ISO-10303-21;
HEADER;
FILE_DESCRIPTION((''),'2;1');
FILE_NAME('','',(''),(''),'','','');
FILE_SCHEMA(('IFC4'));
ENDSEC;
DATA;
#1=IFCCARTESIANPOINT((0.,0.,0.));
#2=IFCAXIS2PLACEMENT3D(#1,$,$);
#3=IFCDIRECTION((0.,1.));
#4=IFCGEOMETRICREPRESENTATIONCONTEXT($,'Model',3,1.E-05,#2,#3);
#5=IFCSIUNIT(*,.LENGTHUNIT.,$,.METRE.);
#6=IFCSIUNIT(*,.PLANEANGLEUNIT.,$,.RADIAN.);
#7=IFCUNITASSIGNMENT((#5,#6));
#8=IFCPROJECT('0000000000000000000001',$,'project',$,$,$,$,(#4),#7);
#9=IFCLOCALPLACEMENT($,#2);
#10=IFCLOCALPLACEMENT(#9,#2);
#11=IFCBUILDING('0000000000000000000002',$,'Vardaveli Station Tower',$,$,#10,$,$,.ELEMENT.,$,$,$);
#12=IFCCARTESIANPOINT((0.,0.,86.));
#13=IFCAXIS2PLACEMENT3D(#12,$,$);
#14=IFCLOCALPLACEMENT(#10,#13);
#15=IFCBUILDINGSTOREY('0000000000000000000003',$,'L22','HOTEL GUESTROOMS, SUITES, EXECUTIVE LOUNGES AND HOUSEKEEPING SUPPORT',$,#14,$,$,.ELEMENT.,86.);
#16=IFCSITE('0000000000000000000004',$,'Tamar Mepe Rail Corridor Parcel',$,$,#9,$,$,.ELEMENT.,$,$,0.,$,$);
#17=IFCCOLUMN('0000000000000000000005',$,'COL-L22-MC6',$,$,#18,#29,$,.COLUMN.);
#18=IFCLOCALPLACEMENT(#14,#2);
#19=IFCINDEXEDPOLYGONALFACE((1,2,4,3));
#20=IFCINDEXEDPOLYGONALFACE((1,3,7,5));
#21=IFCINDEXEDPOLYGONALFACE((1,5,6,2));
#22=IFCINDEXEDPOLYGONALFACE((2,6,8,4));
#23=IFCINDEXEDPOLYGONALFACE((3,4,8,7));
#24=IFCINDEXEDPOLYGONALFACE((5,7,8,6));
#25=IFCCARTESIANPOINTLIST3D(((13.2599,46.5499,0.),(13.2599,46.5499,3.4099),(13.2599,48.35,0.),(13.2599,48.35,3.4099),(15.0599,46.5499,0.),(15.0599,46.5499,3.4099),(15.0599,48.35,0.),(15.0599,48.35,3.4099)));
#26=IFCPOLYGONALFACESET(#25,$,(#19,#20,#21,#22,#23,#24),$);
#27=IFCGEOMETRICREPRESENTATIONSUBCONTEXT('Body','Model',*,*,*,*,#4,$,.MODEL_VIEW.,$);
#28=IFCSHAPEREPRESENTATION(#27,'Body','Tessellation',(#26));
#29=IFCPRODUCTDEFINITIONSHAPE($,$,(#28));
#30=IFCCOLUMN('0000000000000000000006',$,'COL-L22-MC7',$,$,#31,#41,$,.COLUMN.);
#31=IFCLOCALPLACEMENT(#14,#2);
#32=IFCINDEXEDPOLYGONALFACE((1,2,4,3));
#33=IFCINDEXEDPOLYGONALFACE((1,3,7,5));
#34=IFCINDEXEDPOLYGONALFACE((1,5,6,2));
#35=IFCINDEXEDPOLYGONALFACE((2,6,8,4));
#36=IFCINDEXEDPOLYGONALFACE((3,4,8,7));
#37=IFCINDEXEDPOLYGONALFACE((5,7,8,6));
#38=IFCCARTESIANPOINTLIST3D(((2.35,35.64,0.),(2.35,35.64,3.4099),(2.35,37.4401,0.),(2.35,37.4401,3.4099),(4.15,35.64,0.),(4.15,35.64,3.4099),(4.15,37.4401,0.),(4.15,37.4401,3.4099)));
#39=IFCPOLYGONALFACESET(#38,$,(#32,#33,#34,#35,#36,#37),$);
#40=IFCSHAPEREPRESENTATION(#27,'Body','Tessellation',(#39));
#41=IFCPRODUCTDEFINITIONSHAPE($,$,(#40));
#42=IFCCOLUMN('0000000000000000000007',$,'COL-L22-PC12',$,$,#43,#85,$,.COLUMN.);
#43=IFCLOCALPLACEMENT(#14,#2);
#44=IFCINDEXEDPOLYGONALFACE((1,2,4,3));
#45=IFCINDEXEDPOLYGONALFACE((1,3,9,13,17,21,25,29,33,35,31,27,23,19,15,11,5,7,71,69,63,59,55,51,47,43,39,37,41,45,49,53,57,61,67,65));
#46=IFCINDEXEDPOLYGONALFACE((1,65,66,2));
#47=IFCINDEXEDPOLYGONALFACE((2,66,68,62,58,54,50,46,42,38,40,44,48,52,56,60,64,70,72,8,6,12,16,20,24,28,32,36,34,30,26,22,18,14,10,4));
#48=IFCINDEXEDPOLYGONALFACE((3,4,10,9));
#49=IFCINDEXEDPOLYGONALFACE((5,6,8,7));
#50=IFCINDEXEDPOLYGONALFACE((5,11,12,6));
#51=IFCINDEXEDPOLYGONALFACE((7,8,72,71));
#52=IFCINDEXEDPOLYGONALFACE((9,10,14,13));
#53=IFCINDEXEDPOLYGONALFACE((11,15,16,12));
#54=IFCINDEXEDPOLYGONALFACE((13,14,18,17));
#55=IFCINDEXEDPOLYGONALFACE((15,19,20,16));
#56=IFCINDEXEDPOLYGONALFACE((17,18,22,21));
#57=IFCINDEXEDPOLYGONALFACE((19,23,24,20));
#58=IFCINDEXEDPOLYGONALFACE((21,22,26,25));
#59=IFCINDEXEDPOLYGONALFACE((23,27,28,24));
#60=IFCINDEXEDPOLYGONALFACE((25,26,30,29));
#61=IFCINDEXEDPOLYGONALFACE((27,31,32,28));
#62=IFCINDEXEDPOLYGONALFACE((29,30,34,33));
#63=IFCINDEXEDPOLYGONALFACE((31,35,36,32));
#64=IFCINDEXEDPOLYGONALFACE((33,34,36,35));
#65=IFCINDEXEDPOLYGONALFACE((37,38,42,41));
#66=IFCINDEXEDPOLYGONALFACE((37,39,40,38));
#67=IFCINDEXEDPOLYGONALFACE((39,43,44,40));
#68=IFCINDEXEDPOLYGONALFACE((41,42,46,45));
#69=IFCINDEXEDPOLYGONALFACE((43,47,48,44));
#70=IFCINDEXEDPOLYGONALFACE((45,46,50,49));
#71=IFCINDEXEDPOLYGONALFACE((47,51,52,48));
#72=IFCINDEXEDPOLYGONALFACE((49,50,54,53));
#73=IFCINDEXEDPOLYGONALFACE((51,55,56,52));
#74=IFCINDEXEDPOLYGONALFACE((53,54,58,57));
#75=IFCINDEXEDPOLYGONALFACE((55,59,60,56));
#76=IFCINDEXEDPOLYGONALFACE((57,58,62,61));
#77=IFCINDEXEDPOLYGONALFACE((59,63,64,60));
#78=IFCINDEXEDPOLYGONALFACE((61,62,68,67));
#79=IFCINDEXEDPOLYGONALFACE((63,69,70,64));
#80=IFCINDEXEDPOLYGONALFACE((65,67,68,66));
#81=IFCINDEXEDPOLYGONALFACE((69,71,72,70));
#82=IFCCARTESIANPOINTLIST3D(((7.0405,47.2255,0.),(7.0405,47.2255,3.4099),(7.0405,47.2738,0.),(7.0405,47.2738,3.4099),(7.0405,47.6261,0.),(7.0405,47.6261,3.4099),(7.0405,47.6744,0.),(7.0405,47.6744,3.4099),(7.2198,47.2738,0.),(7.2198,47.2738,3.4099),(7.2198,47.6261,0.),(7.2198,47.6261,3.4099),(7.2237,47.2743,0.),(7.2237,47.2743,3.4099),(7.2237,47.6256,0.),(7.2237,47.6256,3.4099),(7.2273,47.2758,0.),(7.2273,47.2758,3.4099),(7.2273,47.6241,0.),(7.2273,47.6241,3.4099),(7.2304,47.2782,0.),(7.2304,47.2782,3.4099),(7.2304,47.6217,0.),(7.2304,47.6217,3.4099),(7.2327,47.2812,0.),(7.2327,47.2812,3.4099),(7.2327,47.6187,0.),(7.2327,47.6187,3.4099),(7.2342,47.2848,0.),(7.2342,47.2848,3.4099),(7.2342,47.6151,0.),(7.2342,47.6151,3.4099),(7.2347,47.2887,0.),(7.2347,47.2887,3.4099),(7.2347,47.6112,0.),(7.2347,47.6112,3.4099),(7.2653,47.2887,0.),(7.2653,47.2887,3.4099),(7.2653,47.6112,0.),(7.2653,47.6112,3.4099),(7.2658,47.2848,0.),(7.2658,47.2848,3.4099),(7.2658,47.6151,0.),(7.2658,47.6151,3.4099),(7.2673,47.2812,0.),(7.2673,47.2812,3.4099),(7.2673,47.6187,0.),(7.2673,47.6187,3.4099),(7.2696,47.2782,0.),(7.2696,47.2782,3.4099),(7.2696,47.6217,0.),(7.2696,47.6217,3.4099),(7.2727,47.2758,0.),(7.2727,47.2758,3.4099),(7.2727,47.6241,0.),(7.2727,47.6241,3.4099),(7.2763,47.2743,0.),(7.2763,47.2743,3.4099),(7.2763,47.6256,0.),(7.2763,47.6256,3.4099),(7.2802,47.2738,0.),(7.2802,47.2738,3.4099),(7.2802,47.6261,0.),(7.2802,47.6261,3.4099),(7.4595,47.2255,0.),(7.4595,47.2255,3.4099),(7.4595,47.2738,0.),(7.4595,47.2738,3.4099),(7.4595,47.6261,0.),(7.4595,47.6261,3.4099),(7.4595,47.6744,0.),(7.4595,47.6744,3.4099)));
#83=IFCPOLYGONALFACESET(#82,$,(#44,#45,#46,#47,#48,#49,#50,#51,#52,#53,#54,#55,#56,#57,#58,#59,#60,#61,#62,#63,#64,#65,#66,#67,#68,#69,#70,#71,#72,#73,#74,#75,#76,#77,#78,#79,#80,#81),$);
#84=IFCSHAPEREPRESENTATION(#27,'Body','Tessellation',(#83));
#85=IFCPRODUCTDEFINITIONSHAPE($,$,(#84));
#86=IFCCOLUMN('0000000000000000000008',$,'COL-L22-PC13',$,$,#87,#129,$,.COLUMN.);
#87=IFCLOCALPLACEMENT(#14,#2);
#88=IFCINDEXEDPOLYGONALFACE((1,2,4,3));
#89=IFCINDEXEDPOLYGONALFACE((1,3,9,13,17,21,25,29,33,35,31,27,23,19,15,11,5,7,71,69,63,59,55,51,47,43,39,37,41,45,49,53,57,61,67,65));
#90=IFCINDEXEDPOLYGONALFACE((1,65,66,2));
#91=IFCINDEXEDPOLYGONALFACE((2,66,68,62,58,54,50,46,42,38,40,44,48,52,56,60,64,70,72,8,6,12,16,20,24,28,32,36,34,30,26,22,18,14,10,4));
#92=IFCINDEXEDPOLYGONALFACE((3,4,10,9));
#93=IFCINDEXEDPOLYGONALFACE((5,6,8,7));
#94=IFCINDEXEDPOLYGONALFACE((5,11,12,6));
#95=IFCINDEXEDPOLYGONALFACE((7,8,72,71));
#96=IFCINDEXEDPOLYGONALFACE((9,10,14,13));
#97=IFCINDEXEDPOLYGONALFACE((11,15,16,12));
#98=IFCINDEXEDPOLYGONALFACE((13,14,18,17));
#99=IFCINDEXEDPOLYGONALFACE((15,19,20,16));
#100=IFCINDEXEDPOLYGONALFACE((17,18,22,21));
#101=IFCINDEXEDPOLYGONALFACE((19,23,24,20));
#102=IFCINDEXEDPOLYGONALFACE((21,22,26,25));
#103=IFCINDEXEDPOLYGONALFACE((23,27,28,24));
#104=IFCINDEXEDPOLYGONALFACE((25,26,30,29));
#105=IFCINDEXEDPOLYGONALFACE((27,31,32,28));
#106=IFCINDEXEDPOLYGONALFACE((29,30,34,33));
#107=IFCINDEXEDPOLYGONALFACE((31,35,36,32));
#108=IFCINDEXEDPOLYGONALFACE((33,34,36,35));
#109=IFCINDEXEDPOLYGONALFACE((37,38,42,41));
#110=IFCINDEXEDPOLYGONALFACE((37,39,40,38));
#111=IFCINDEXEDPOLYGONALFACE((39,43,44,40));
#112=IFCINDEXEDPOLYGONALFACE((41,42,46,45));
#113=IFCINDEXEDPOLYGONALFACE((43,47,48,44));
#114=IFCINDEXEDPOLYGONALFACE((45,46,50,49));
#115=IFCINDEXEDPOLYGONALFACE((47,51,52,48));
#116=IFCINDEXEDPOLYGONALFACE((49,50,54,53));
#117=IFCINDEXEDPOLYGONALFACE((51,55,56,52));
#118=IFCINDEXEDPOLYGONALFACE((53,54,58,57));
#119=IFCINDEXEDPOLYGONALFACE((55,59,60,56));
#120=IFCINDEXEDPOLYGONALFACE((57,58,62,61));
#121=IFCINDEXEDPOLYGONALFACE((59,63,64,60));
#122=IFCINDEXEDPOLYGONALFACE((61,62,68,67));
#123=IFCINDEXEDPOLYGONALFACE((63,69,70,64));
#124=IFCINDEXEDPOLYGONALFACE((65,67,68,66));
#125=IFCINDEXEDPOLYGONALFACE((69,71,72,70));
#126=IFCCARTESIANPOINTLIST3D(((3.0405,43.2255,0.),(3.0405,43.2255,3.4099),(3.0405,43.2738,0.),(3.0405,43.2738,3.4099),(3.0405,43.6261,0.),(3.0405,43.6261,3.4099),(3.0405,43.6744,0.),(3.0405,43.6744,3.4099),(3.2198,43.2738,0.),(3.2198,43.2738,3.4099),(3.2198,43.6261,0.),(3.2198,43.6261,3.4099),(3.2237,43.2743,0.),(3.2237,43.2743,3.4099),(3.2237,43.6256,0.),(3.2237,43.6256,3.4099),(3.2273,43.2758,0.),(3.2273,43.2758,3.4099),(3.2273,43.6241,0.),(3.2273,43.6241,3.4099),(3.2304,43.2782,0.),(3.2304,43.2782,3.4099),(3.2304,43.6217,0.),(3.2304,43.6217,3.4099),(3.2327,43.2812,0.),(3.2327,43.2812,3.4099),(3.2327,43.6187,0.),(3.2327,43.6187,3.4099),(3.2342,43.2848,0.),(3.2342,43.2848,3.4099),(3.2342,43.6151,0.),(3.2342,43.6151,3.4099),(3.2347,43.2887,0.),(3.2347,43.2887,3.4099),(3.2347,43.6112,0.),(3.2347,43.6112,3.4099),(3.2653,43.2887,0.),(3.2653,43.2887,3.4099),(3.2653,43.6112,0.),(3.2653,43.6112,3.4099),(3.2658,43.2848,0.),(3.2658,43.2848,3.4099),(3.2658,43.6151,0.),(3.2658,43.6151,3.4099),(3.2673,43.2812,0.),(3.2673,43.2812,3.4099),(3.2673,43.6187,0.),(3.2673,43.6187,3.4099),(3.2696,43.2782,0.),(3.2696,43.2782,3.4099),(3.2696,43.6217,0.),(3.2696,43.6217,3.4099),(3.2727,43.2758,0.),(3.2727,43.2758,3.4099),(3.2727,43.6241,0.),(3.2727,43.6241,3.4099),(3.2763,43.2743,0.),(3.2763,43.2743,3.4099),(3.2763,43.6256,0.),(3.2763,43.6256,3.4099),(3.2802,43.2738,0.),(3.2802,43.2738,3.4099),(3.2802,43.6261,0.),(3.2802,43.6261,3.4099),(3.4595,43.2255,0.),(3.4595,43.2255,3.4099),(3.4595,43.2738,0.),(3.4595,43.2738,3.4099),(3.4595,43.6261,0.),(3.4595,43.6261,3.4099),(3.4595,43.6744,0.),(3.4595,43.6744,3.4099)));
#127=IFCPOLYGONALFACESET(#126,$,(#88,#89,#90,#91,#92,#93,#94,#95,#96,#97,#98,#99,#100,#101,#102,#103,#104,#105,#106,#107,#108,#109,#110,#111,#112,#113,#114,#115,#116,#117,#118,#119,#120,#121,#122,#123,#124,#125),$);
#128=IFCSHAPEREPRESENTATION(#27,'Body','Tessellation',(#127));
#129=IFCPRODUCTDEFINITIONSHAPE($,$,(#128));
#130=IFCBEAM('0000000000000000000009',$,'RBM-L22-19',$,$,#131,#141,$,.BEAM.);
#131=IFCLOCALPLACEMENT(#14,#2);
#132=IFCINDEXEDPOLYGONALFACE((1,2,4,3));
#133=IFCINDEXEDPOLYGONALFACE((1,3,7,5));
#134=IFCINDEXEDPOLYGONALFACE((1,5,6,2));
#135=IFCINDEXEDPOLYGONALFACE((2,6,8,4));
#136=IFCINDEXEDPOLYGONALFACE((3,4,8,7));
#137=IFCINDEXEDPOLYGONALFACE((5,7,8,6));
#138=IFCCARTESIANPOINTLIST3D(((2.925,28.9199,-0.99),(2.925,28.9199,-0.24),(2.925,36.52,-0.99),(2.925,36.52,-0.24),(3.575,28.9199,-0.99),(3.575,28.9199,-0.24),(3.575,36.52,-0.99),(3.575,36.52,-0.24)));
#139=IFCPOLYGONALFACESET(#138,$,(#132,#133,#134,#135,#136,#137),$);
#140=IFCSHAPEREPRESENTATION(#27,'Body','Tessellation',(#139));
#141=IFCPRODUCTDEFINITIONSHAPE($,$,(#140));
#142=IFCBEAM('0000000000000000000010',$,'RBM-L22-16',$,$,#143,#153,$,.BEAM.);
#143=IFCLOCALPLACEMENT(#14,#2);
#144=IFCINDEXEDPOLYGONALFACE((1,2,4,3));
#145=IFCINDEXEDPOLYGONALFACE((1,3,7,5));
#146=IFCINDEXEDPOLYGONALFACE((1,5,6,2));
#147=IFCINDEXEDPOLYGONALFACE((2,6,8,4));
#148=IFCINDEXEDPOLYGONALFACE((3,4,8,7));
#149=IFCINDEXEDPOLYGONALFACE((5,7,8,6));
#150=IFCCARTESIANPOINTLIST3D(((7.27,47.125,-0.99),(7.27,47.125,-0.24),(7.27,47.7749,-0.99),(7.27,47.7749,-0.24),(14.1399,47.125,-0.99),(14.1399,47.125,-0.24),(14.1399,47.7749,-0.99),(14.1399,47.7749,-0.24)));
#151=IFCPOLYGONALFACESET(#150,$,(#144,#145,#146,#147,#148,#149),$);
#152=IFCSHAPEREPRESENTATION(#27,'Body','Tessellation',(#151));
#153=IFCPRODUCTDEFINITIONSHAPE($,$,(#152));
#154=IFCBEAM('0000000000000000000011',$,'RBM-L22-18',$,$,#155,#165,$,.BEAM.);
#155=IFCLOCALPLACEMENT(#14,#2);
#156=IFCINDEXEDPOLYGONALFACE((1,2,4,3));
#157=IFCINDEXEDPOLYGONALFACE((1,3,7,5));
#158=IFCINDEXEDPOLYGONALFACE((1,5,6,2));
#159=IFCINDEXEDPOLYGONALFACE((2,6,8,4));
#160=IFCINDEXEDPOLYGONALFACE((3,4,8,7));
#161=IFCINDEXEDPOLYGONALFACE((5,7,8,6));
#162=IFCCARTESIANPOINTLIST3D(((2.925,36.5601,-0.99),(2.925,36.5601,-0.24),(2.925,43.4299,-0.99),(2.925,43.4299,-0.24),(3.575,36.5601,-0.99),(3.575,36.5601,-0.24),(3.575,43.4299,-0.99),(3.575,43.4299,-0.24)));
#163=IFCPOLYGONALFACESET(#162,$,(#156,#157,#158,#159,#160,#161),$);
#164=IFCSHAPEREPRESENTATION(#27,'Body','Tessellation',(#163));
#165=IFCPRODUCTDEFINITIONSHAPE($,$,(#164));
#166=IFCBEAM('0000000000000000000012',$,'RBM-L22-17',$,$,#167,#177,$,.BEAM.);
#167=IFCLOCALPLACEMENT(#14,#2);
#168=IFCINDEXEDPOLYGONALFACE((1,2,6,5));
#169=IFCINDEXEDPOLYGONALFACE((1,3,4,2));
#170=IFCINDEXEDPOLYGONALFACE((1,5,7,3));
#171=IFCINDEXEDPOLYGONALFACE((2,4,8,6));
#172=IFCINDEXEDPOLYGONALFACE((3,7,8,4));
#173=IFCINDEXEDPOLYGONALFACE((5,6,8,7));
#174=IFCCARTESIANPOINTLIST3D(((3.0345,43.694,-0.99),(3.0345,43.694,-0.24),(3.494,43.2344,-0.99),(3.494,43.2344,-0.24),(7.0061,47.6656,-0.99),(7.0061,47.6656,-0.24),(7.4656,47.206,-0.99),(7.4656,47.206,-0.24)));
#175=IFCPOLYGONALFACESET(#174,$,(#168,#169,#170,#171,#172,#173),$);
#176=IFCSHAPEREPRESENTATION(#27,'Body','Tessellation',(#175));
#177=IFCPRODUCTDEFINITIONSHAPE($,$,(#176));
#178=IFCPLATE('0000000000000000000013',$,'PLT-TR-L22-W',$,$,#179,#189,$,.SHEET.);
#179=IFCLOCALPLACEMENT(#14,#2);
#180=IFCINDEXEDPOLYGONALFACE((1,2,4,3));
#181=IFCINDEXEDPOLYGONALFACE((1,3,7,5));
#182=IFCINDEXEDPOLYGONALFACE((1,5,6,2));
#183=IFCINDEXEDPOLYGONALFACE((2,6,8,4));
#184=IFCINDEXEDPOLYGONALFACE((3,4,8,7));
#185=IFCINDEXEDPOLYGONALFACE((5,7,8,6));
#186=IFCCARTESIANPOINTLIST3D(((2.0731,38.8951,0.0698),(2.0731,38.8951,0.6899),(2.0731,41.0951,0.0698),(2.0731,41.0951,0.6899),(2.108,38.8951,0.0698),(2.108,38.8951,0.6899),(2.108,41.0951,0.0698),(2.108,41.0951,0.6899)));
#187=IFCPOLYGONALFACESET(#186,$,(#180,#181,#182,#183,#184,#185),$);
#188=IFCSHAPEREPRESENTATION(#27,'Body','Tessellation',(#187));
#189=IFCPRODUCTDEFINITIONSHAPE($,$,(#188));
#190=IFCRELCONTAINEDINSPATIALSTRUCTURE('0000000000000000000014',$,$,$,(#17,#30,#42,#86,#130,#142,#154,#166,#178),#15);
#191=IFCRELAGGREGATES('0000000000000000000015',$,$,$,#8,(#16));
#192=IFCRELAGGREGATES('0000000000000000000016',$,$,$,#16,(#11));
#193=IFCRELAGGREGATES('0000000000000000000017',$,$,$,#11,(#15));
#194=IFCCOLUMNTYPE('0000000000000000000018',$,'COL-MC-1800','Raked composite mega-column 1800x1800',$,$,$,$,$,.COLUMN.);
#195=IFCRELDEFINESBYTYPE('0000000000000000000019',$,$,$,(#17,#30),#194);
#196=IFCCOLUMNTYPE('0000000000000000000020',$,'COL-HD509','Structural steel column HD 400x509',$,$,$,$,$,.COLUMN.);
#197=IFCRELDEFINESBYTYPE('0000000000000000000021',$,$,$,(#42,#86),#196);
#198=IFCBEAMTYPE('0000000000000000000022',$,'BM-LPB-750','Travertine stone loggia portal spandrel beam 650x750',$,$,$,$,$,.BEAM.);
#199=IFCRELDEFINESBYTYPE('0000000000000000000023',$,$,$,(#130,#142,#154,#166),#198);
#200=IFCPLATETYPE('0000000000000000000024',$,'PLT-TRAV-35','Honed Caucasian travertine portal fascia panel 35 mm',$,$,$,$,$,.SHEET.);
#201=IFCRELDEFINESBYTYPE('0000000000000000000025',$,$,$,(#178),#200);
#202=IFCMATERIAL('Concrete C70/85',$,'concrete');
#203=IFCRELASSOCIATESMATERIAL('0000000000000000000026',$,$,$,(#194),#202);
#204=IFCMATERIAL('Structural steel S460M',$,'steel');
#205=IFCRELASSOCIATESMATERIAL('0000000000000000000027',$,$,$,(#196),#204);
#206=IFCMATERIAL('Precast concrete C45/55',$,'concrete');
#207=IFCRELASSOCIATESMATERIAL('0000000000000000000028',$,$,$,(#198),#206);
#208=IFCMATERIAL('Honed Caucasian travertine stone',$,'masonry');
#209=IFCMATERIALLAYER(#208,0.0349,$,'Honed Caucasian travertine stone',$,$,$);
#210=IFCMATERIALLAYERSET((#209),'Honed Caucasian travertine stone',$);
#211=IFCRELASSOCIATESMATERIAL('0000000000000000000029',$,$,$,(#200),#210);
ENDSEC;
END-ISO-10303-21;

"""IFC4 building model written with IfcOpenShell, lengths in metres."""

from ifc_helpers import new_model, si_unit, direction, frame, origin, origin_2d, place, context, subcontext, project, spatial, rectangle, i_section, extrude, source, transform, mapped, material, layer, layer_set, material_profile, profile_set, type_object, element, save


model = new_model("IFC4")

# Units and contexts
model_context = context("Model", 3, precision=1e-05, world=origin(), true_north=direction((0.0, 1.0)))
body_context = subcontext(model_context, "Body", "Model", "MODEL_VIEW")
ifc_project = project(units=[si_unit("LENGTHUNIT", "METRE"), si_unit("PLANEANGLEUNIT", "RADIAN")], contexts=[model_context])

# Site, building, storey
site_placement = place(None, origin())
site = spatial("IfcSite", under=ifc_project, at=site_placement, Name="Tamar Mepe Rail Corridor Parcel", CompositionType="ELEMENT", RefElevation=0.0)
building_placement = place(site_placement, origin())
building = spatial("IfcBuilding", under=site, at=building_placement, Name="Vardaveli Station Tower", CompositionType="ELEMENT")
storey_placement = place(building_placement, frame((0.0, 0.0, 86.0)))
storey = spatial("IfcBuildingStorey", under=building, at=storey_placement, Name="L22", Description="HOTEL GUESTROOMS, SUITES, EXECUTIVE LOUNGES AND HOUSEKEEPING SUPPORT", CompositionType="ELEMENT", Elevation=86.0)

# Columns
ifc_material_1 = material(Name="Concrete C70/85", Category="concrete")
ifc_material_profile_1 = material_profile(ifc_material_1, rectangle(XDim=1.8, YDim=1.8, at=origin_2d()), Name="MC 1800x1800")
ifc_profile_set_1 = profile_set([ifc_material_profile_1], Name="Concrete C70/85")
column_type_1 = type_object("IfcColumnType", Name="COL-MC-1800", Description="Raked composite mega-column 1800x1800", PredefinedType="COLUMN", material=ifc_profile_set_1)
shared_shape_1 = source(origin(), body_context, "Body", "SweptSolid", [
    extrude(rectangle(XDim=1.8, YDim=1.8, at=origin_2d()), origin(), (0.0, 0.0, 1.0), 3.4099),
])
for number, where, z_axis, x_axis, name in (
    (1, (14.1599, 47.45, 0.0), (0.0, 0.0, 1.0), (1.0, 0.0, 0.0), "COL-L22-MC6"),
    (2, (3.25, 36.54, 0.0), (0.0, 0.0, 1.0), (1.0, 0.0, 0.0), "COL-L22-MC7"),
):
    element("IfcColumn", number, at=place(storey_placement, frame(where, z_axis=z_axis, x_axis=x_axis)), inside=storey, type_object=column_type_1, Name=name, PredefinedType="COLUMN", context=body_context, shape_type="MappedRepresentation", body=[
        mapped(shared_shape_1, transform((0.0, 0.0, 0.0), scale=1.0)),
    ])
ifc_material_2 = material(Name="Structural steel S460M", Category="steel")
ifc_material_profile_2 = material_profile(ifc_material_2, i_section(OverallWidth=0.4189, OverallDepth=0.449, WebThickness=0.0305, FlangeThickness=0.0483, FilletRadius=0.0149, at=origin_2d()), Name="HD 400x509")
ifc_profile_set_2 = profile_set([ifc_material_profile_2], Name="Structural steel S460M")
column_type_2 = type_object("IfcColumnType", Name="COL-HD509", Description="Structural steel column HD 400x509", PredefinedType="COLUMN", material=ifc_profile_set_2)
shared_shape_2 = source(origin(), body_context, "Body", "SweptSolid", [
    extrude(i_section(OverallWidth=0.4189, OverallDepth=0.449, WebThickness=0.0305, FlangeThickness=0.0483, FilletRadius=0.0149, at=origin_2d()), origin(), (0.0, 0.0, 1.0), 3.4099),
])
for number, where, z_axis, x_axis, name in (
    (3, (7.25, 47.45, 0.0), (0.0, 0.0, 1.0), (1.0, 0.0, 0.0), "COL-L22-PC12"),
    (4, (3.25, 43.45, 0.0), (0.0, 0.0, 1.0), (1.0, 0.0, 0.0), "COL-L22-PC13"),
):
    element("IfcColumn", number, at=place(storey_placement, frame(where, z_axis=z_axis, x_axis=x_axis)), inside=storey, type_object=column_type_2, Name=name, PredefinedType="COLUMN", context=body_context, shape_type="MappedRepresentation", body=[
        mapped(shared_shape_2, transform((0.0, 0.0, 0.0), scale=1.0)),
    ])

# Beams
ifc_material_3 = material(Name="Precast concrete C45/55", Category="concrete")
ifc_material_profile_3 = material_profile(ifc_material_3, rectangle(XDim=0.6499, YDim=0.75, at=origin_2d()), Name="LPB 650x750")
ifc_profile_set_3 = profile_set([ifc_material_profile_3], Name="Precast concrete C45/55")
beam_type = type_object("IfcBeamType", Name="BM-LPB-750", Description="Travertine stone loggia portal spandrel beam 650x750", PredefinedType="BEAM", material=ifc_profile_set_3)
shared_shape_3 = source(origin(), body_context, "Body", "SweptSolid", [
    extrude(rectangle(XDim=0.6499, YDim=0.75, at=origin_2d()), origin(), (0.0, 0.0, 1.0), 7.6001),
])
beam_1_placement = place(storey_placement, frame((3.25, 36.52, -0.615), z_axis=(0.0, -1.0, 0.0), x_axis=(1.0, 0.0, 0.0)))
element("IfcBeam", 5, at=beam_1_placement, inside=storey, type_object=beam_type, Name="RBM-L22-19", PredefinedType="BEAM", context=body_context, shape_type="MappedRepresentation", body=[
    mapped(shared_shape_3, transform((0.0, 0.0, 0.0), scale=1.0)),
])
shared_shape_4 = source(origin(), body_context, "Body", "SweptSolid", [
    extrude(rectangle(XDim=0.6499, YDim=0.75, at=origin_2d()), origin(), (0.0, 0.0, 1.0), 6.8699),
])
for number, where, z_axis, x_axis, name in (
    (6, (14.1399, 47.45, -0.615), (-1.0, 0.0, 0.0), (0.0, -1.0, 0.0), "RBM-L22-16"),
    (7, (3.25, 43.4299, -0.615), (0.0, -1.0, 0.0), (1.0, 0.0, 0.0), "RBM-L22-18"),
):
    element("IfcBeam", number, at=place(storey_placement, frame(where, z_axis=z_axis, x_axis=x_axis)), inside=storey, type_object=beam_type, Name=name, PredefinedType="BEAM", context=body_context, shape_type="MappedRepresentation", body=[
        mapped(shared_shape_4, transform((0.0, 0.0, 0.0), scale=1.0)),
    ])
shared_shape_5 = source(origin(), body_context, "Body", "SweptSolid", [
    extrude(rectangle(XDim=0.6499, YDim=0.75, at=origin_2d()), origin(), (0.0, 0.0, 1.0), 5.6167),
])
beam_2_placement = place(storey_placement, frame((7.2358, 47.4358, -0.615), z_axis=(-0.707107, -0.707107, 0.0), x_axis=(0.707107, -0.707107, 0.0)))
element("IfcBeam", 8, at=beam_2_placement, inside=storey, type_object=beam_type, Name="RBM-L22-17", PredefinedType="BEAM", context=body_context, shape_type="MappedRepresentation", body=[
    mapped(shared_shape_5, transform((0.0, 0.0, 0.0), scale=1.0)),
])

# Plate
ifc_material_4 = material(Name="Honed Caucasian travertine stone", Category="masonry")
ifc_layer_1 = layer(ifc_material_4, 0.0349, Name="Honed Caucasian travertine stone")
ifc_layer_set_1 = layer_set([ifc_layer_1], Name="Honed Caucasian travertine stone")
plate_type = type_object("IfcPlateType", Name="PLT-TRAV-35", Description="Honed Caucasian travertine portal fascia panel 35 mm", PredefinedType="SHEET", material=ifc_layer_set_1)
shared_shape_6 = source(origin(), body_context, "Body", "SweptSolid", [
    extrude(rectangle(XDim=2.2, YDim=0.0349, at=origin_2d()), origin(), (0.0, 0.0, 1.0), 0.6201),
])
plate_placement = place(storey_placement, frame((2.0906, 39.9951, 0.0698), z_axis=(0.0, 0.0, 1.0), x_axis=(0.0, 1.0, 0.0)))
element("IfcPlate", 9, at=plate_placement, inside=storey, type_object=plate_type, Name="PLT-TR-L22-W", PredefinedType="SHEET", context=body_context, shape_type="MappedRepresentation", body=[
    mapped(shared_shape_6, transform((0.0, 0.0, 0.0), scale=1.0)),
])

save(model, "model.ifc")
